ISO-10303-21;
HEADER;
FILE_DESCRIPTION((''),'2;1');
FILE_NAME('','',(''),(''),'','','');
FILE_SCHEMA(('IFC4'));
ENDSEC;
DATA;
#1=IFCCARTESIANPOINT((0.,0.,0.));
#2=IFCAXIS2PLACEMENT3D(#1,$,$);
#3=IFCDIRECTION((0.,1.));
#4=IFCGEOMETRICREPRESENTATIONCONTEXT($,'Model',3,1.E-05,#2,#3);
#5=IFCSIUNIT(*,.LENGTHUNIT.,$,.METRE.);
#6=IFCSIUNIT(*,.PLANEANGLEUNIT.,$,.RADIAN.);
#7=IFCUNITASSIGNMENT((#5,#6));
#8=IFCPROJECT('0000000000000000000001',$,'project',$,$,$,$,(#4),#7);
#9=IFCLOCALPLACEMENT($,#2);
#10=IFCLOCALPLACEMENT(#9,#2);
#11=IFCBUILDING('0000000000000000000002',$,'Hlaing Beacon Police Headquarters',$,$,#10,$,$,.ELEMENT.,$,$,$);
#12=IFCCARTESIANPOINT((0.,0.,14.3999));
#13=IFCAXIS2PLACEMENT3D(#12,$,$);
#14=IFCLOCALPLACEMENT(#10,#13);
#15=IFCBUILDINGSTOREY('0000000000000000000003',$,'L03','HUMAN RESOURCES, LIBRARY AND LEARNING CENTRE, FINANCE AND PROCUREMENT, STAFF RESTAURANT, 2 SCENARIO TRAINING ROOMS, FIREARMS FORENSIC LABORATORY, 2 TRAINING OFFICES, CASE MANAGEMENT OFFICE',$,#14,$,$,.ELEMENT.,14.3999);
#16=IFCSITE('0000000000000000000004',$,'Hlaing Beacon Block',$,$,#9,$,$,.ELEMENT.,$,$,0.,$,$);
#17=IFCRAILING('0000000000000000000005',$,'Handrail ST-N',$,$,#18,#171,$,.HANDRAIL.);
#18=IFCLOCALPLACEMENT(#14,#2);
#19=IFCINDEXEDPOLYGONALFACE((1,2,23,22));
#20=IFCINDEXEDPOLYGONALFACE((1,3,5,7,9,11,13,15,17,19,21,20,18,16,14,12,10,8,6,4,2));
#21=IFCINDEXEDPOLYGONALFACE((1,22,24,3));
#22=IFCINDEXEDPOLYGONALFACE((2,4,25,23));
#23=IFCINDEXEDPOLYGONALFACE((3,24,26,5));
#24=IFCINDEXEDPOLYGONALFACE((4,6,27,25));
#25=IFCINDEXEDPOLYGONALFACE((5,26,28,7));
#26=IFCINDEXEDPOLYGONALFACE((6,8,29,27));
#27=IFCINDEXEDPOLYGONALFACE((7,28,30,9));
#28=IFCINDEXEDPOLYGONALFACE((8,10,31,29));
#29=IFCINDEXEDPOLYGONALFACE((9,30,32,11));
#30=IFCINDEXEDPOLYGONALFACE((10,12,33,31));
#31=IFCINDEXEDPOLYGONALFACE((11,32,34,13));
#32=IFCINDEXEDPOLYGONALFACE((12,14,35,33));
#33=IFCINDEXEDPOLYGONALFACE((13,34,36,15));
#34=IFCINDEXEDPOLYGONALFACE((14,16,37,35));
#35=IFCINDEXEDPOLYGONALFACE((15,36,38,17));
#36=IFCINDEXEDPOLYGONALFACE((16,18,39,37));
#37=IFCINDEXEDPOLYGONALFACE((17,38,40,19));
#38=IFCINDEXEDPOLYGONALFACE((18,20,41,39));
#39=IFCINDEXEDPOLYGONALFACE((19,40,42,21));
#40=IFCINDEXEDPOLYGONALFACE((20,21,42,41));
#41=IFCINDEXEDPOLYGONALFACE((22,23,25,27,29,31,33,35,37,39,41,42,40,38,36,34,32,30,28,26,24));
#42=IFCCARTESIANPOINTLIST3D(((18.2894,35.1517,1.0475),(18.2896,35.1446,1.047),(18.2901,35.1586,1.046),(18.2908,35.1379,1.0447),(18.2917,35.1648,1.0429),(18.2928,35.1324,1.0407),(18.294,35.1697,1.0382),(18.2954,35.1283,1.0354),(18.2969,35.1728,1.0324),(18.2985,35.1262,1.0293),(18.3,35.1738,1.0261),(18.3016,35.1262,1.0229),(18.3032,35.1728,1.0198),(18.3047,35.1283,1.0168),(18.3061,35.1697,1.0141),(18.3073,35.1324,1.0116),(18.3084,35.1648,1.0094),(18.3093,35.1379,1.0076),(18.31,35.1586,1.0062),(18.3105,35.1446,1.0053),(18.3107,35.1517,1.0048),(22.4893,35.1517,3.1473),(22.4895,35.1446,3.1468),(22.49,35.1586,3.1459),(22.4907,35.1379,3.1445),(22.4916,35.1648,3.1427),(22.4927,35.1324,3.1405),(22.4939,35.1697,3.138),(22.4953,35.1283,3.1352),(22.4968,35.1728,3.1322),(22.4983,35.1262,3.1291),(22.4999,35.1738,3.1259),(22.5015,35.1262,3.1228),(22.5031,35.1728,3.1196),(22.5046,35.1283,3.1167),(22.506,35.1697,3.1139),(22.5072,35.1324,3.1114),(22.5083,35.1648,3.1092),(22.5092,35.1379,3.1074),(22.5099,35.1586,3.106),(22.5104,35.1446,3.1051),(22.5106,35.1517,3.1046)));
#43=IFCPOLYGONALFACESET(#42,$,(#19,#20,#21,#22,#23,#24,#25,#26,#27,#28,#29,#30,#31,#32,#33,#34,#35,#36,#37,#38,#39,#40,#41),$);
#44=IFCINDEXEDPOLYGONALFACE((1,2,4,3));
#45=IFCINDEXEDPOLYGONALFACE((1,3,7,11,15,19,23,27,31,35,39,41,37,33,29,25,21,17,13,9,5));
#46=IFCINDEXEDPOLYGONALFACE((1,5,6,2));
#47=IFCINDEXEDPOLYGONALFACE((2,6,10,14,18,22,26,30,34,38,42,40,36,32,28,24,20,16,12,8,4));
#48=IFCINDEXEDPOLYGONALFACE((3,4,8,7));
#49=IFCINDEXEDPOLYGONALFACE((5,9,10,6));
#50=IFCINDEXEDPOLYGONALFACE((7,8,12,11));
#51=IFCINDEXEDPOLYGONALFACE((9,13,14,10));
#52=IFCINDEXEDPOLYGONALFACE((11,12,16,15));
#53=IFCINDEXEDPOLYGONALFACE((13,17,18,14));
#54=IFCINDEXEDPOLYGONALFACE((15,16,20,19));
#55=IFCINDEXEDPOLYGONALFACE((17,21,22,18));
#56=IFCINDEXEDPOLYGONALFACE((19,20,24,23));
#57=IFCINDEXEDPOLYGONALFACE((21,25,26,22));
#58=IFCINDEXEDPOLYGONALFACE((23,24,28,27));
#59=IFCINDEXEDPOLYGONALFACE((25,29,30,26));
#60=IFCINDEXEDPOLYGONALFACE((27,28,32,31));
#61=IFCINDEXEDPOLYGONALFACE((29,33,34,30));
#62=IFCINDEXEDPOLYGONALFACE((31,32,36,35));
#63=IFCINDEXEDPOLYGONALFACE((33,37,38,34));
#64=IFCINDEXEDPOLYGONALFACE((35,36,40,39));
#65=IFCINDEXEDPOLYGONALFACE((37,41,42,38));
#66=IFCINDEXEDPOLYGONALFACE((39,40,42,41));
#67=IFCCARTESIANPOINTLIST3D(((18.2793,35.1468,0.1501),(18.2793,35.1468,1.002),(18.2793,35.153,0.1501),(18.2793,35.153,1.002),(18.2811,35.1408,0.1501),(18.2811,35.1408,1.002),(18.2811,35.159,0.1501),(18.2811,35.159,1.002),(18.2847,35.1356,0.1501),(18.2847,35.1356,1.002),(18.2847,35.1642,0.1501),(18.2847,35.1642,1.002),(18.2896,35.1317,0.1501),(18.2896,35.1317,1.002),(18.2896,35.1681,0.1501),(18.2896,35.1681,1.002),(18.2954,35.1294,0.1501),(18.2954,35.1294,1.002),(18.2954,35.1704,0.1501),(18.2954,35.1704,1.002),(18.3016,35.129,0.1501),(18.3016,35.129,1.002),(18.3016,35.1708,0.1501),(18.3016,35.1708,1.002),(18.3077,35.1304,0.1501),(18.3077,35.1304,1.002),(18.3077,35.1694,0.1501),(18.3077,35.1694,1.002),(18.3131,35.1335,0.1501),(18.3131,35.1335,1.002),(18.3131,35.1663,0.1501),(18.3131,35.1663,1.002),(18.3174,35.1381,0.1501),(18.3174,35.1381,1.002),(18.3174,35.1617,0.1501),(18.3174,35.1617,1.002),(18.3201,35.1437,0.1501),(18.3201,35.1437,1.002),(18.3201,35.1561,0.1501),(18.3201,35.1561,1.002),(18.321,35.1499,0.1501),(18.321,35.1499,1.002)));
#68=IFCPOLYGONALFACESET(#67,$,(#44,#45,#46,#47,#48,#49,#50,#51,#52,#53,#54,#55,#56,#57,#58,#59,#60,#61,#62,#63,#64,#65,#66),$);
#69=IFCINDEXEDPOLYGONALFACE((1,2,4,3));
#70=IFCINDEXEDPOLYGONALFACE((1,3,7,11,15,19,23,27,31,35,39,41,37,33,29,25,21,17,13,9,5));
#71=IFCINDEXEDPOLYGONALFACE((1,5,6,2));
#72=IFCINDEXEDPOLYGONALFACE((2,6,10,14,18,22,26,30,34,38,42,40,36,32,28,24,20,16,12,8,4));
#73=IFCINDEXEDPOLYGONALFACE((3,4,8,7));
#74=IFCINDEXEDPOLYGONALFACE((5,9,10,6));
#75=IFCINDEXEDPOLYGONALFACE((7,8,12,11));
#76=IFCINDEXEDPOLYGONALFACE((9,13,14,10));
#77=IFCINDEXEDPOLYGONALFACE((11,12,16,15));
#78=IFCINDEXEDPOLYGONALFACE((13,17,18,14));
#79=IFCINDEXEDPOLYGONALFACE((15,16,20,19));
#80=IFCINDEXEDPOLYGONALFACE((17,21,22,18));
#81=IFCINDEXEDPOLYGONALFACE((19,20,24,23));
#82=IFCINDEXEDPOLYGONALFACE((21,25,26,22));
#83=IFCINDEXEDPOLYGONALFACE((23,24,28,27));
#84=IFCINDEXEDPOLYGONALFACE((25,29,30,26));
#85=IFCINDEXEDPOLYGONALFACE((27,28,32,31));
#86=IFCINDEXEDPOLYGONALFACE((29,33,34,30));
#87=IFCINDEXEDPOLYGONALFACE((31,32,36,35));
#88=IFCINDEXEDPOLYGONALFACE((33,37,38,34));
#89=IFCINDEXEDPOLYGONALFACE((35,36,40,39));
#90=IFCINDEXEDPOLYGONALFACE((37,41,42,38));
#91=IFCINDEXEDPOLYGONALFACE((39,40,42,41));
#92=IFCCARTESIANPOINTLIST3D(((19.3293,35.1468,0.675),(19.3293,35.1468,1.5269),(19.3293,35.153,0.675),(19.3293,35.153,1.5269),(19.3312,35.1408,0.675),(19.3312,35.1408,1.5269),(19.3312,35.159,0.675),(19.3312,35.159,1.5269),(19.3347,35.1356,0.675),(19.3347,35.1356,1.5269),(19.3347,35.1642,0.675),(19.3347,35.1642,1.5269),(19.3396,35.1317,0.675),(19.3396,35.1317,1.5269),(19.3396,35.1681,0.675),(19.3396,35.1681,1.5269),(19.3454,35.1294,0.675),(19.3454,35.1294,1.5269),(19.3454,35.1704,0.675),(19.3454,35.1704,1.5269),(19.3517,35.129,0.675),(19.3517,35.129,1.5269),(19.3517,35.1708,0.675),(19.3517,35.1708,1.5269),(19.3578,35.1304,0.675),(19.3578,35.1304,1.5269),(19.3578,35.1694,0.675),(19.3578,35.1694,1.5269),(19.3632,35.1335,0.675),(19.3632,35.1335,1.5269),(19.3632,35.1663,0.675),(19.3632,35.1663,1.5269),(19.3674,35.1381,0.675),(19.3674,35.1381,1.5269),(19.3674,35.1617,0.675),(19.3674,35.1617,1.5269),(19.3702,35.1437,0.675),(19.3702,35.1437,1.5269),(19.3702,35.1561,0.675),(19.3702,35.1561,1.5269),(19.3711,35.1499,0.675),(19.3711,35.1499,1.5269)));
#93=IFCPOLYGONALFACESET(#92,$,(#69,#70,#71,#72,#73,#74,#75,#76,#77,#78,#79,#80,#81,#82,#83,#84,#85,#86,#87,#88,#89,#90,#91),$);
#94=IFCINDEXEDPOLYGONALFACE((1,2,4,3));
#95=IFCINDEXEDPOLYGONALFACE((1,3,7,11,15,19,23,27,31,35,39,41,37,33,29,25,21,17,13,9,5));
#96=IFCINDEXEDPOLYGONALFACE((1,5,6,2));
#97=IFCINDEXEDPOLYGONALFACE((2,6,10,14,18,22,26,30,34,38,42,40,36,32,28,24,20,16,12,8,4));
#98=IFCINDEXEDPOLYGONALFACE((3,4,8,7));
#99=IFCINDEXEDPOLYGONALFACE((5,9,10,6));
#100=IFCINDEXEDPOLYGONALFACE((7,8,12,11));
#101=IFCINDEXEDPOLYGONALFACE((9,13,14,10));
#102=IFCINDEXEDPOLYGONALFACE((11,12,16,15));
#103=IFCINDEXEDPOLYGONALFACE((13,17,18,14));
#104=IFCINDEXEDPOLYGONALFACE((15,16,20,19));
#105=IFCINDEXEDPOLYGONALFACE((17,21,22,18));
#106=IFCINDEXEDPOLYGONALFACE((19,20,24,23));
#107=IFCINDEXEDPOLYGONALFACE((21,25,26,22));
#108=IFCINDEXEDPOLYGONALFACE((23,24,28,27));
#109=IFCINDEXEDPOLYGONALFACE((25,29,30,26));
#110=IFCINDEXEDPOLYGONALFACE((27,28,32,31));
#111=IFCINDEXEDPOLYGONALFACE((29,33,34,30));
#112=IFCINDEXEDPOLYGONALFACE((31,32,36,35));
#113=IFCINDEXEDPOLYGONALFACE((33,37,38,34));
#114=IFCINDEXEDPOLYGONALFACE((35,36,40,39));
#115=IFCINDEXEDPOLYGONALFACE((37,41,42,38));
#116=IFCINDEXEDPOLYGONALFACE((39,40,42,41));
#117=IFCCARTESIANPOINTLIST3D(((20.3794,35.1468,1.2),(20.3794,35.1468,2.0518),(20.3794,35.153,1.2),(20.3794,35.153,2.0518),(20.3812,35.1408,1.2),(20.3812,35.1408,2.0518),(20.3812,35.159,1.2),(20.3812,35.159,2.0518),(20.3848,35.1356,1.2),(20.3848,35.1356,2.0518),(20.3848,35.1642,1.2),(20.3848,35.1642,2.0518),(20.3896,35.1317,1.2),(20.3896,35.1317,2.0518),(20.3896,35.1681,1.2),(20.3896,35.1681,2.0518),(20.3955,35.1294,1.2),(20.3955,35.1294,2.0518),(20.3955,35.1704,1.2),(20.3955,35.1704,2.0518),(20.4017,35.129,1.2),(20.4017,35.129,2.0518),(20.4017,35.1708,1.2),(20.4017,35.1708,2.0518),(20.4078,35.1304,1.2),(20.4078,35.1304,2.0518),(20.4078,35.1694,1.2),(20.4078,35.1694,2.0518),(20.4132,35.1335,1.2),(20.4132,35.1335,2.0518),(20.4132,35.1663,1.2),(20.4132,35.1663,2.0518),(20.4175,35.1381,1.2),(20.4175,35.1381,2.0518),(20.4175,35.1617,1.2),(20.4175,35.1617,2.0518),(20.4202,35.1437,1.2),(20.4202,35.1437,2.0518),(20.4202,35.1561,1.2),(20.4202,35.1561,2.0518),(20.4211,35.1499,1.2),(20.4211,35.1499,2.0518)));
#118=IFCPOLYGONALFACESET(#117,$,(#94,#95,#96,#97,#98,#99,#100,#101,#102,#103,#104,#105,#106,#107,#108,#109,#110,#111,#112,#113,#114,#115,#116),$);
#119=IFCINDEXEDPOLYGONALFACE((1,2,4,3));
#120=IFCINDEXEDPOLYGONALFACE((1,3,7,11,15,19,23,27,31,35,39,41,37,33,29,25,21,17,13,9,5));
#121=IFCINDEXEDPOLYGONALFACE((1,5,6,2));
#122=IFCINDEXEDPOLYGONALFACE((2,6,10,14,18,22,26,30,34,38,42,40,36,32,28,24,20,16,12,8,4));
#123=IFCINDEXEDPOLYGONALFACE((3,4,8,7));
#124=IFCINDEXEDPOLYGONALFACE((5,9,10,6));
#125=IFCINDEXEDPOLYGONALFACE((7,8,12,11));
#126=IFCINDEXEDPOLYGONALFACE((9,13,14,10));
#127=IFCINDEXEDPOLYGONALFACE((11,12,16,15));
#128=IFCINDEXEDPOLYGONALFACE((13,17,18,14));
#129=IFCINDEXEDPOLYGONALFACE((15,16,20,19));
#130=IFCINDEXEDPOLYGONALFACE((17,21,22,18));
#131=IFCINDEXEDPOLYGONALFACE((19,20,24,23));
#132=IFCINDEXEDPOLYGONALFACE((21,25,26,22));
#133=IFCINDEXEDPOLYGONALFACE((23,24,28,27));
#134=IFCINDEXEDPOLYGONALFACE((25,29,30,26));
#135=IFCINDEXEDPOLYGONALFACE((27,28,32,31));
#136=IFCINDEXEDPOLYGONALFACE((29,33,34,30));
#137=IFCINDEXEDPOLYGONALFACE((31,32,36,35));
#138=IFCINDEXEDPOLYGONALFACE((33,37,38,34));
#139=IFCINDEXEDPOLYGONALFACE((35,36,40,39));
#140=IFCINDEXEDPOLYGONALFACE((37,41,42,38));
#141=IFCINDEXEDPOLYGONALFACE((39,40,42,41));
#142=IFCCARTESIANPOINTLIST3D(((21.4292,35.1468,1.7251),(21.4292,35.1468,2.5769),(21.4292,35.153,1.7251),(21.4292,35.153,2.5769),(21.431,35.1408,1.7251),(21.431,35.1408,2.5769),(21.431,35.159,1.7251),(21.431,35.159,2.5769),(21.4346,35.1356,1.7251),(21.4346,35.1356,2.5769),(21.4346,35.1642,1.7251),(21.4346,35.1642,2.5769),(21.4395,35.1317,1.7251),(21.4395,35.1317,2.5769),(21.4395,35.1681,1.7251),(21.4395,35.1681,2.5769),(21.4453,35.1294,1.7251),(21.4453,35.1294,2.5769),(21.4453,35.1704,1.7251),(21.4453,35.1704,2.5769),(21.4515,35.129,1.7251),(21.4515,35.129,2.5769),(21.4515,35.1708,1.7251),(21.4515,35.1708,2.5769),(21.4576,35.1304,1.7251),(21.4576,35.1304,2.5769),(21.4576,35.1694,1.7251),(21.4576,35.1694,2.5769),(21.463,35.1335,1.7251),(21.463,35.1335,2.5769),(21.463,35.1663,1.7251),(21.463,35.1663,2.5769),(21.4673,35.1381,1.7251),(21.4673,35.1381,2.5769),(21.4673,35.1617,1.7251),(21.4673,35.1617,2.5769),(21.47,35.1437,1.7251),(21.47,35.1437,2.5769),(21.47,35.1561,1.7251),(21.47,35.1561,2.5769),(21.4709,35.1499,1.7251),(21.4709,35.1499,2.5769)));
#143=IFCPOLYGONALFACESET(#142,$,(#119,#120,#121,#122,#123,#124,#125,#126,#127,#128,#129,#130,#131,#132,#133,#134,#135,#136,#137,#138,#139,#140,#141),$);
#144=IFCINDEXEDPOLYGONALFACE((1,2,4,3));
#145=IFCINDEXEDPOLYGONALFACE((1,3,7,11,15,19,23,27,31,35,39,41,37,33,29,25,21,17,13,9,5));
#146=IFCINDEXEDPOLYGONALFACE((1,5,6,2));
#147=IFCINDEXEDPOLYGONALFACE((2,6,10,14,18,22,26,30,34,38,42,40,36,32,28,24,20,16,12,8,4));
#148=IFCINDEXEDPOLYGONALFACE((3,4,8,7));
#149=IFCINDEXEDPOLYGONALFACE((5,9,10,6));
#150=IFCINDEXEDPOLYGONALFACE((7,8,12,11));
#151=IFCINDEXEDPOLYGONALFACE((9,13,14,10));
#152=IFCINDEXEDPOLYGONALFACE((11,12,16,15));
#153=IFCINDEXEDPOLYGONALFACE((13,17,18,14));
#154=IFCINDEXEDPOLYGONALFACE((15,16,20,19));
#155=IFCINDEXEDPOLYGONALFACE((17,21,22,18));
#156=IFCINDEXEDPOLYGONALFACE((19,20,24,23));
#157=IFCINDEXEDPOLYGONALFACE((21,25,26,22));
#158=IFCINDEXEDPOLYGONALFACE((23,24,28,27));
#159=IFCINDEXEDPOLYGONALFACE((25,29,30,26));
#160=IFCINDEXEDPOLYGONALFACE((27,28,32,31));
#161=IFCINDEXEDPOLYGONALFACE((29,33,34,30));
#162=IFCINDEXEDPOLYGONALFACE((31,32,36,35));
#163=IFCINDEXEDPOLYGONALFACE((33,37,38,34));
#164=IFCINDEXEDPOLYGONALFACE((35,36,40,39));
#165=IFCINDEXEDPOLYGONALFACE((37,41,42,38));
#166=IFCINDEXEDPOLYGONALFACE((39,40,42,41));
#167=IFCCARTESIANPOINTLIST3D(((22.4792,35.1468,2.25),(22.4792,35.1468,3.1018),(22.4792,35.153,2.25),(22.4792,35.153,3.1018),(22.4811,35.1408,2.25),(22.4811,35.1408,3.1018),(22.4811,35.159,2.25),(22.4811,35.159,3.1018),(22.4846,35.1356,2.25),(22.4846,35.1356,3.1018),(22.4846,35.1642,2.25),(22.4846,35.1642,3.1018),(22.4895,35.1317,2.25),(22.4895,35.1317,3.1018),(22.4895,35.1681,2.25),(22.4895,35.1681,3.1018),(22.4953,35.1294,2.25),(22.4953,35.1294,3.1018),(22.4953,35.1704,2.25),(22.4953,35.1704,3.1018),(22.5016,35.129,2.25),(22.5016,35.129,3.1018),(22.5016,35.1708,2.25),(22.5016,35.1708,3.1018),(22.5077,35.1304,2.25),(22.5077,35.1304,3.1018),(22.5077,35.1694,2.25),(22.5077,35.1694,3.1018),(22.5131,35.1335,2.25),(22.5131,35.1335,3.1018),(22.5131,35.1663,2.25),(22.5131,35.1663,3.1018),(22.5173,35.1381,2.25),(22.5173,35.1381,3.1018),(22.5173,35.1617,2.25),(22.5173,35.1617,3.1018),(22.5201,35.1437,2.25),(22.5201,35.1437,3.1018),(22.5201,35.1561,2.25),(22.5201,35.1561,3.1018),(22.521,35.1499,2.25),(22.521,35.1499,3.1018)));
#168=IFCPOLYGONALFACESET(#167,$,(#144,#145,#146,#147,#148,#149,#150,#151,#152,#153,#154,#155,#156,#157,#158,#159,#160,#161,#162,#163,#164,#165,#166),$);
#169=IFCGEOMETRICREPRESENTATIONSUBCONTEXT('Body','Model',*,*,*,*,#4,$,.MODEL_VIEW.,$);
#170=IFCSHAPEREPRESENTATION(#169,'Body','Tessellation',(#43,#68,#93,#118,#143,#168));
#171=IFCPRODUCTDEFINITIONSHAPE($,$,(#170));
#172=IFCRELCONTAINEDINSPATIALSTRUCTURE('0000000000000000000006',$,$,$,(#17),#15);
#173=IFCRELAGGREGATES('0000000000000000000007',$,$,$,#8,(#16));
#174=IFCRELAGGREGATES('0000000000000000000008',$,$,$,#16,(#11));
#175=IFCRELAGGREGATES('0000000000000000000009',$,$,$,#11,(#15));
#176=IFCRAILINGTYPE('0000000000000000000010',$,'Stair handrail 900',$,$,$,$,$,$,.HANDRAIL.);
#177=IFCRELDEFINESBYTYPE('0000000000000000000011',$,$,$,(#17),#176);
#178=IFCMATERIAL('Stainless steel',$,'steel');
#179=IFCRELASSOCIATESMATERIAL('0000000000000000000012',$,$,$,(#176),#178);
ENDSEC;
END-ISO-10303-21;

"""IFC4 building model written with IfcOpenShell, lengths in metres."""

from ifc_helpers import new_model, si_unit, direction, frame, origin, origin_2d, place, context, subcontext, project, spatial, circle, extrude, material, type_object, element, save


model = new_model("IFC4")

# Units and contexts
model_context = context("Model", 3, precision=1e-05, world=origin(), true_north=direction((0.0, 1.0)))
body_context = subcontext(model_context, "Body", "Model", "MODEL_VIEW")
ifc_project = project(units=[si_unit("LENGTHUNIT", "METRE"), si_unit("PLANEANGLEUNIT", "RADIAN")], contexts=[model_context])

# Site, building, storey
site_placement = place(None, origin())
site = spatial("IfcSite", under=ifc_project, at=site_placement, Name="Hlaing Beacon Block", CompositionType="ELEMENT", RefElevation=0.0)
building_placement = place(site_placement, origin())
building = spatial("IfcBuilding", under=site, at=building_placement, Name="Hlaing Beacon Police Headquarters", CompositionType="ELEMENT")
storey_placement = place(building_placement, frame((0.0, 0.0, 14.3999)))
storey = spatial("IfcBuildingStorey", under=building, at=storey_placement, Name="L03", Description="HUMAN RESOURCES, LIBRARY AND LEARNING CENTRE, FINANCE AND PROCUREMENT, STAFF RESTAURANT, 2 SCENARIO TRAINING ROOMS, FIREARMS FORENSIC LABORATORY, 2 TRAINING OFFICES, CASE MANAGEMENT OFFICE", CompositionType="ELEMENT", Elevation=14.3999)

# Railing
ifc_material_1 = material(Name="Stainless steel", Category="steel")
railing_type_1 = type_object("IfcRailingType", Name="Stair handrail 900", PredefinedType="HANDRAIL", material=ifc_material_1)
for number, where, name in (
    (1, (18.3, 35.1499, 0.1501), "Handrail ST-N"),
):
    element("IfcRailing", number, at=place(storey_placement, frame(where)), inside=storey, type_object=railing_type_1, Name=name, PredefinedType="HANDRAIL", context=body_context, shape_type="SweptSolid", body=[
        extrude(circle(Radius=0.0239, at=origin_2d()), frame((0.0, 0.0, 0.876), z_axis=(0.894438, 0.0, 0.447193), x_axis=(0.0, 1.0, 0.0)), (0.0, 0.0, 1.0), 4.6956),
        extrude(circle(Radius=0.021, at=origin_2d()), origin(), (0.0, 0.0, 1.0), 0.8518),
        extrude(circle(Radius=0.021, at=origin_2d()), frame((1.05, 0.0, 0.5249)), (0.0, 0.0, 1.0), 0.8518),
        extrude(circle(Radius=0.021, at=origin_2d()), frame((2.1001, 0.0, 1.0498)), (0.0, 0.0, 1.0), 0.8518),
        extrude(circle(Radius=0.021, at=origin_2d()), frame((3.1499, 0.0, 1.575)), (0.0, 0.0, 1.0), 0.8518),
        extrude(circle(Radius=0.021, at=origin_2d()), frame((4.2, 0.0, 2.0999)), (0.0, 0.0, 1.0), 0.8518),
    ])

save(model, "model.ifc")
